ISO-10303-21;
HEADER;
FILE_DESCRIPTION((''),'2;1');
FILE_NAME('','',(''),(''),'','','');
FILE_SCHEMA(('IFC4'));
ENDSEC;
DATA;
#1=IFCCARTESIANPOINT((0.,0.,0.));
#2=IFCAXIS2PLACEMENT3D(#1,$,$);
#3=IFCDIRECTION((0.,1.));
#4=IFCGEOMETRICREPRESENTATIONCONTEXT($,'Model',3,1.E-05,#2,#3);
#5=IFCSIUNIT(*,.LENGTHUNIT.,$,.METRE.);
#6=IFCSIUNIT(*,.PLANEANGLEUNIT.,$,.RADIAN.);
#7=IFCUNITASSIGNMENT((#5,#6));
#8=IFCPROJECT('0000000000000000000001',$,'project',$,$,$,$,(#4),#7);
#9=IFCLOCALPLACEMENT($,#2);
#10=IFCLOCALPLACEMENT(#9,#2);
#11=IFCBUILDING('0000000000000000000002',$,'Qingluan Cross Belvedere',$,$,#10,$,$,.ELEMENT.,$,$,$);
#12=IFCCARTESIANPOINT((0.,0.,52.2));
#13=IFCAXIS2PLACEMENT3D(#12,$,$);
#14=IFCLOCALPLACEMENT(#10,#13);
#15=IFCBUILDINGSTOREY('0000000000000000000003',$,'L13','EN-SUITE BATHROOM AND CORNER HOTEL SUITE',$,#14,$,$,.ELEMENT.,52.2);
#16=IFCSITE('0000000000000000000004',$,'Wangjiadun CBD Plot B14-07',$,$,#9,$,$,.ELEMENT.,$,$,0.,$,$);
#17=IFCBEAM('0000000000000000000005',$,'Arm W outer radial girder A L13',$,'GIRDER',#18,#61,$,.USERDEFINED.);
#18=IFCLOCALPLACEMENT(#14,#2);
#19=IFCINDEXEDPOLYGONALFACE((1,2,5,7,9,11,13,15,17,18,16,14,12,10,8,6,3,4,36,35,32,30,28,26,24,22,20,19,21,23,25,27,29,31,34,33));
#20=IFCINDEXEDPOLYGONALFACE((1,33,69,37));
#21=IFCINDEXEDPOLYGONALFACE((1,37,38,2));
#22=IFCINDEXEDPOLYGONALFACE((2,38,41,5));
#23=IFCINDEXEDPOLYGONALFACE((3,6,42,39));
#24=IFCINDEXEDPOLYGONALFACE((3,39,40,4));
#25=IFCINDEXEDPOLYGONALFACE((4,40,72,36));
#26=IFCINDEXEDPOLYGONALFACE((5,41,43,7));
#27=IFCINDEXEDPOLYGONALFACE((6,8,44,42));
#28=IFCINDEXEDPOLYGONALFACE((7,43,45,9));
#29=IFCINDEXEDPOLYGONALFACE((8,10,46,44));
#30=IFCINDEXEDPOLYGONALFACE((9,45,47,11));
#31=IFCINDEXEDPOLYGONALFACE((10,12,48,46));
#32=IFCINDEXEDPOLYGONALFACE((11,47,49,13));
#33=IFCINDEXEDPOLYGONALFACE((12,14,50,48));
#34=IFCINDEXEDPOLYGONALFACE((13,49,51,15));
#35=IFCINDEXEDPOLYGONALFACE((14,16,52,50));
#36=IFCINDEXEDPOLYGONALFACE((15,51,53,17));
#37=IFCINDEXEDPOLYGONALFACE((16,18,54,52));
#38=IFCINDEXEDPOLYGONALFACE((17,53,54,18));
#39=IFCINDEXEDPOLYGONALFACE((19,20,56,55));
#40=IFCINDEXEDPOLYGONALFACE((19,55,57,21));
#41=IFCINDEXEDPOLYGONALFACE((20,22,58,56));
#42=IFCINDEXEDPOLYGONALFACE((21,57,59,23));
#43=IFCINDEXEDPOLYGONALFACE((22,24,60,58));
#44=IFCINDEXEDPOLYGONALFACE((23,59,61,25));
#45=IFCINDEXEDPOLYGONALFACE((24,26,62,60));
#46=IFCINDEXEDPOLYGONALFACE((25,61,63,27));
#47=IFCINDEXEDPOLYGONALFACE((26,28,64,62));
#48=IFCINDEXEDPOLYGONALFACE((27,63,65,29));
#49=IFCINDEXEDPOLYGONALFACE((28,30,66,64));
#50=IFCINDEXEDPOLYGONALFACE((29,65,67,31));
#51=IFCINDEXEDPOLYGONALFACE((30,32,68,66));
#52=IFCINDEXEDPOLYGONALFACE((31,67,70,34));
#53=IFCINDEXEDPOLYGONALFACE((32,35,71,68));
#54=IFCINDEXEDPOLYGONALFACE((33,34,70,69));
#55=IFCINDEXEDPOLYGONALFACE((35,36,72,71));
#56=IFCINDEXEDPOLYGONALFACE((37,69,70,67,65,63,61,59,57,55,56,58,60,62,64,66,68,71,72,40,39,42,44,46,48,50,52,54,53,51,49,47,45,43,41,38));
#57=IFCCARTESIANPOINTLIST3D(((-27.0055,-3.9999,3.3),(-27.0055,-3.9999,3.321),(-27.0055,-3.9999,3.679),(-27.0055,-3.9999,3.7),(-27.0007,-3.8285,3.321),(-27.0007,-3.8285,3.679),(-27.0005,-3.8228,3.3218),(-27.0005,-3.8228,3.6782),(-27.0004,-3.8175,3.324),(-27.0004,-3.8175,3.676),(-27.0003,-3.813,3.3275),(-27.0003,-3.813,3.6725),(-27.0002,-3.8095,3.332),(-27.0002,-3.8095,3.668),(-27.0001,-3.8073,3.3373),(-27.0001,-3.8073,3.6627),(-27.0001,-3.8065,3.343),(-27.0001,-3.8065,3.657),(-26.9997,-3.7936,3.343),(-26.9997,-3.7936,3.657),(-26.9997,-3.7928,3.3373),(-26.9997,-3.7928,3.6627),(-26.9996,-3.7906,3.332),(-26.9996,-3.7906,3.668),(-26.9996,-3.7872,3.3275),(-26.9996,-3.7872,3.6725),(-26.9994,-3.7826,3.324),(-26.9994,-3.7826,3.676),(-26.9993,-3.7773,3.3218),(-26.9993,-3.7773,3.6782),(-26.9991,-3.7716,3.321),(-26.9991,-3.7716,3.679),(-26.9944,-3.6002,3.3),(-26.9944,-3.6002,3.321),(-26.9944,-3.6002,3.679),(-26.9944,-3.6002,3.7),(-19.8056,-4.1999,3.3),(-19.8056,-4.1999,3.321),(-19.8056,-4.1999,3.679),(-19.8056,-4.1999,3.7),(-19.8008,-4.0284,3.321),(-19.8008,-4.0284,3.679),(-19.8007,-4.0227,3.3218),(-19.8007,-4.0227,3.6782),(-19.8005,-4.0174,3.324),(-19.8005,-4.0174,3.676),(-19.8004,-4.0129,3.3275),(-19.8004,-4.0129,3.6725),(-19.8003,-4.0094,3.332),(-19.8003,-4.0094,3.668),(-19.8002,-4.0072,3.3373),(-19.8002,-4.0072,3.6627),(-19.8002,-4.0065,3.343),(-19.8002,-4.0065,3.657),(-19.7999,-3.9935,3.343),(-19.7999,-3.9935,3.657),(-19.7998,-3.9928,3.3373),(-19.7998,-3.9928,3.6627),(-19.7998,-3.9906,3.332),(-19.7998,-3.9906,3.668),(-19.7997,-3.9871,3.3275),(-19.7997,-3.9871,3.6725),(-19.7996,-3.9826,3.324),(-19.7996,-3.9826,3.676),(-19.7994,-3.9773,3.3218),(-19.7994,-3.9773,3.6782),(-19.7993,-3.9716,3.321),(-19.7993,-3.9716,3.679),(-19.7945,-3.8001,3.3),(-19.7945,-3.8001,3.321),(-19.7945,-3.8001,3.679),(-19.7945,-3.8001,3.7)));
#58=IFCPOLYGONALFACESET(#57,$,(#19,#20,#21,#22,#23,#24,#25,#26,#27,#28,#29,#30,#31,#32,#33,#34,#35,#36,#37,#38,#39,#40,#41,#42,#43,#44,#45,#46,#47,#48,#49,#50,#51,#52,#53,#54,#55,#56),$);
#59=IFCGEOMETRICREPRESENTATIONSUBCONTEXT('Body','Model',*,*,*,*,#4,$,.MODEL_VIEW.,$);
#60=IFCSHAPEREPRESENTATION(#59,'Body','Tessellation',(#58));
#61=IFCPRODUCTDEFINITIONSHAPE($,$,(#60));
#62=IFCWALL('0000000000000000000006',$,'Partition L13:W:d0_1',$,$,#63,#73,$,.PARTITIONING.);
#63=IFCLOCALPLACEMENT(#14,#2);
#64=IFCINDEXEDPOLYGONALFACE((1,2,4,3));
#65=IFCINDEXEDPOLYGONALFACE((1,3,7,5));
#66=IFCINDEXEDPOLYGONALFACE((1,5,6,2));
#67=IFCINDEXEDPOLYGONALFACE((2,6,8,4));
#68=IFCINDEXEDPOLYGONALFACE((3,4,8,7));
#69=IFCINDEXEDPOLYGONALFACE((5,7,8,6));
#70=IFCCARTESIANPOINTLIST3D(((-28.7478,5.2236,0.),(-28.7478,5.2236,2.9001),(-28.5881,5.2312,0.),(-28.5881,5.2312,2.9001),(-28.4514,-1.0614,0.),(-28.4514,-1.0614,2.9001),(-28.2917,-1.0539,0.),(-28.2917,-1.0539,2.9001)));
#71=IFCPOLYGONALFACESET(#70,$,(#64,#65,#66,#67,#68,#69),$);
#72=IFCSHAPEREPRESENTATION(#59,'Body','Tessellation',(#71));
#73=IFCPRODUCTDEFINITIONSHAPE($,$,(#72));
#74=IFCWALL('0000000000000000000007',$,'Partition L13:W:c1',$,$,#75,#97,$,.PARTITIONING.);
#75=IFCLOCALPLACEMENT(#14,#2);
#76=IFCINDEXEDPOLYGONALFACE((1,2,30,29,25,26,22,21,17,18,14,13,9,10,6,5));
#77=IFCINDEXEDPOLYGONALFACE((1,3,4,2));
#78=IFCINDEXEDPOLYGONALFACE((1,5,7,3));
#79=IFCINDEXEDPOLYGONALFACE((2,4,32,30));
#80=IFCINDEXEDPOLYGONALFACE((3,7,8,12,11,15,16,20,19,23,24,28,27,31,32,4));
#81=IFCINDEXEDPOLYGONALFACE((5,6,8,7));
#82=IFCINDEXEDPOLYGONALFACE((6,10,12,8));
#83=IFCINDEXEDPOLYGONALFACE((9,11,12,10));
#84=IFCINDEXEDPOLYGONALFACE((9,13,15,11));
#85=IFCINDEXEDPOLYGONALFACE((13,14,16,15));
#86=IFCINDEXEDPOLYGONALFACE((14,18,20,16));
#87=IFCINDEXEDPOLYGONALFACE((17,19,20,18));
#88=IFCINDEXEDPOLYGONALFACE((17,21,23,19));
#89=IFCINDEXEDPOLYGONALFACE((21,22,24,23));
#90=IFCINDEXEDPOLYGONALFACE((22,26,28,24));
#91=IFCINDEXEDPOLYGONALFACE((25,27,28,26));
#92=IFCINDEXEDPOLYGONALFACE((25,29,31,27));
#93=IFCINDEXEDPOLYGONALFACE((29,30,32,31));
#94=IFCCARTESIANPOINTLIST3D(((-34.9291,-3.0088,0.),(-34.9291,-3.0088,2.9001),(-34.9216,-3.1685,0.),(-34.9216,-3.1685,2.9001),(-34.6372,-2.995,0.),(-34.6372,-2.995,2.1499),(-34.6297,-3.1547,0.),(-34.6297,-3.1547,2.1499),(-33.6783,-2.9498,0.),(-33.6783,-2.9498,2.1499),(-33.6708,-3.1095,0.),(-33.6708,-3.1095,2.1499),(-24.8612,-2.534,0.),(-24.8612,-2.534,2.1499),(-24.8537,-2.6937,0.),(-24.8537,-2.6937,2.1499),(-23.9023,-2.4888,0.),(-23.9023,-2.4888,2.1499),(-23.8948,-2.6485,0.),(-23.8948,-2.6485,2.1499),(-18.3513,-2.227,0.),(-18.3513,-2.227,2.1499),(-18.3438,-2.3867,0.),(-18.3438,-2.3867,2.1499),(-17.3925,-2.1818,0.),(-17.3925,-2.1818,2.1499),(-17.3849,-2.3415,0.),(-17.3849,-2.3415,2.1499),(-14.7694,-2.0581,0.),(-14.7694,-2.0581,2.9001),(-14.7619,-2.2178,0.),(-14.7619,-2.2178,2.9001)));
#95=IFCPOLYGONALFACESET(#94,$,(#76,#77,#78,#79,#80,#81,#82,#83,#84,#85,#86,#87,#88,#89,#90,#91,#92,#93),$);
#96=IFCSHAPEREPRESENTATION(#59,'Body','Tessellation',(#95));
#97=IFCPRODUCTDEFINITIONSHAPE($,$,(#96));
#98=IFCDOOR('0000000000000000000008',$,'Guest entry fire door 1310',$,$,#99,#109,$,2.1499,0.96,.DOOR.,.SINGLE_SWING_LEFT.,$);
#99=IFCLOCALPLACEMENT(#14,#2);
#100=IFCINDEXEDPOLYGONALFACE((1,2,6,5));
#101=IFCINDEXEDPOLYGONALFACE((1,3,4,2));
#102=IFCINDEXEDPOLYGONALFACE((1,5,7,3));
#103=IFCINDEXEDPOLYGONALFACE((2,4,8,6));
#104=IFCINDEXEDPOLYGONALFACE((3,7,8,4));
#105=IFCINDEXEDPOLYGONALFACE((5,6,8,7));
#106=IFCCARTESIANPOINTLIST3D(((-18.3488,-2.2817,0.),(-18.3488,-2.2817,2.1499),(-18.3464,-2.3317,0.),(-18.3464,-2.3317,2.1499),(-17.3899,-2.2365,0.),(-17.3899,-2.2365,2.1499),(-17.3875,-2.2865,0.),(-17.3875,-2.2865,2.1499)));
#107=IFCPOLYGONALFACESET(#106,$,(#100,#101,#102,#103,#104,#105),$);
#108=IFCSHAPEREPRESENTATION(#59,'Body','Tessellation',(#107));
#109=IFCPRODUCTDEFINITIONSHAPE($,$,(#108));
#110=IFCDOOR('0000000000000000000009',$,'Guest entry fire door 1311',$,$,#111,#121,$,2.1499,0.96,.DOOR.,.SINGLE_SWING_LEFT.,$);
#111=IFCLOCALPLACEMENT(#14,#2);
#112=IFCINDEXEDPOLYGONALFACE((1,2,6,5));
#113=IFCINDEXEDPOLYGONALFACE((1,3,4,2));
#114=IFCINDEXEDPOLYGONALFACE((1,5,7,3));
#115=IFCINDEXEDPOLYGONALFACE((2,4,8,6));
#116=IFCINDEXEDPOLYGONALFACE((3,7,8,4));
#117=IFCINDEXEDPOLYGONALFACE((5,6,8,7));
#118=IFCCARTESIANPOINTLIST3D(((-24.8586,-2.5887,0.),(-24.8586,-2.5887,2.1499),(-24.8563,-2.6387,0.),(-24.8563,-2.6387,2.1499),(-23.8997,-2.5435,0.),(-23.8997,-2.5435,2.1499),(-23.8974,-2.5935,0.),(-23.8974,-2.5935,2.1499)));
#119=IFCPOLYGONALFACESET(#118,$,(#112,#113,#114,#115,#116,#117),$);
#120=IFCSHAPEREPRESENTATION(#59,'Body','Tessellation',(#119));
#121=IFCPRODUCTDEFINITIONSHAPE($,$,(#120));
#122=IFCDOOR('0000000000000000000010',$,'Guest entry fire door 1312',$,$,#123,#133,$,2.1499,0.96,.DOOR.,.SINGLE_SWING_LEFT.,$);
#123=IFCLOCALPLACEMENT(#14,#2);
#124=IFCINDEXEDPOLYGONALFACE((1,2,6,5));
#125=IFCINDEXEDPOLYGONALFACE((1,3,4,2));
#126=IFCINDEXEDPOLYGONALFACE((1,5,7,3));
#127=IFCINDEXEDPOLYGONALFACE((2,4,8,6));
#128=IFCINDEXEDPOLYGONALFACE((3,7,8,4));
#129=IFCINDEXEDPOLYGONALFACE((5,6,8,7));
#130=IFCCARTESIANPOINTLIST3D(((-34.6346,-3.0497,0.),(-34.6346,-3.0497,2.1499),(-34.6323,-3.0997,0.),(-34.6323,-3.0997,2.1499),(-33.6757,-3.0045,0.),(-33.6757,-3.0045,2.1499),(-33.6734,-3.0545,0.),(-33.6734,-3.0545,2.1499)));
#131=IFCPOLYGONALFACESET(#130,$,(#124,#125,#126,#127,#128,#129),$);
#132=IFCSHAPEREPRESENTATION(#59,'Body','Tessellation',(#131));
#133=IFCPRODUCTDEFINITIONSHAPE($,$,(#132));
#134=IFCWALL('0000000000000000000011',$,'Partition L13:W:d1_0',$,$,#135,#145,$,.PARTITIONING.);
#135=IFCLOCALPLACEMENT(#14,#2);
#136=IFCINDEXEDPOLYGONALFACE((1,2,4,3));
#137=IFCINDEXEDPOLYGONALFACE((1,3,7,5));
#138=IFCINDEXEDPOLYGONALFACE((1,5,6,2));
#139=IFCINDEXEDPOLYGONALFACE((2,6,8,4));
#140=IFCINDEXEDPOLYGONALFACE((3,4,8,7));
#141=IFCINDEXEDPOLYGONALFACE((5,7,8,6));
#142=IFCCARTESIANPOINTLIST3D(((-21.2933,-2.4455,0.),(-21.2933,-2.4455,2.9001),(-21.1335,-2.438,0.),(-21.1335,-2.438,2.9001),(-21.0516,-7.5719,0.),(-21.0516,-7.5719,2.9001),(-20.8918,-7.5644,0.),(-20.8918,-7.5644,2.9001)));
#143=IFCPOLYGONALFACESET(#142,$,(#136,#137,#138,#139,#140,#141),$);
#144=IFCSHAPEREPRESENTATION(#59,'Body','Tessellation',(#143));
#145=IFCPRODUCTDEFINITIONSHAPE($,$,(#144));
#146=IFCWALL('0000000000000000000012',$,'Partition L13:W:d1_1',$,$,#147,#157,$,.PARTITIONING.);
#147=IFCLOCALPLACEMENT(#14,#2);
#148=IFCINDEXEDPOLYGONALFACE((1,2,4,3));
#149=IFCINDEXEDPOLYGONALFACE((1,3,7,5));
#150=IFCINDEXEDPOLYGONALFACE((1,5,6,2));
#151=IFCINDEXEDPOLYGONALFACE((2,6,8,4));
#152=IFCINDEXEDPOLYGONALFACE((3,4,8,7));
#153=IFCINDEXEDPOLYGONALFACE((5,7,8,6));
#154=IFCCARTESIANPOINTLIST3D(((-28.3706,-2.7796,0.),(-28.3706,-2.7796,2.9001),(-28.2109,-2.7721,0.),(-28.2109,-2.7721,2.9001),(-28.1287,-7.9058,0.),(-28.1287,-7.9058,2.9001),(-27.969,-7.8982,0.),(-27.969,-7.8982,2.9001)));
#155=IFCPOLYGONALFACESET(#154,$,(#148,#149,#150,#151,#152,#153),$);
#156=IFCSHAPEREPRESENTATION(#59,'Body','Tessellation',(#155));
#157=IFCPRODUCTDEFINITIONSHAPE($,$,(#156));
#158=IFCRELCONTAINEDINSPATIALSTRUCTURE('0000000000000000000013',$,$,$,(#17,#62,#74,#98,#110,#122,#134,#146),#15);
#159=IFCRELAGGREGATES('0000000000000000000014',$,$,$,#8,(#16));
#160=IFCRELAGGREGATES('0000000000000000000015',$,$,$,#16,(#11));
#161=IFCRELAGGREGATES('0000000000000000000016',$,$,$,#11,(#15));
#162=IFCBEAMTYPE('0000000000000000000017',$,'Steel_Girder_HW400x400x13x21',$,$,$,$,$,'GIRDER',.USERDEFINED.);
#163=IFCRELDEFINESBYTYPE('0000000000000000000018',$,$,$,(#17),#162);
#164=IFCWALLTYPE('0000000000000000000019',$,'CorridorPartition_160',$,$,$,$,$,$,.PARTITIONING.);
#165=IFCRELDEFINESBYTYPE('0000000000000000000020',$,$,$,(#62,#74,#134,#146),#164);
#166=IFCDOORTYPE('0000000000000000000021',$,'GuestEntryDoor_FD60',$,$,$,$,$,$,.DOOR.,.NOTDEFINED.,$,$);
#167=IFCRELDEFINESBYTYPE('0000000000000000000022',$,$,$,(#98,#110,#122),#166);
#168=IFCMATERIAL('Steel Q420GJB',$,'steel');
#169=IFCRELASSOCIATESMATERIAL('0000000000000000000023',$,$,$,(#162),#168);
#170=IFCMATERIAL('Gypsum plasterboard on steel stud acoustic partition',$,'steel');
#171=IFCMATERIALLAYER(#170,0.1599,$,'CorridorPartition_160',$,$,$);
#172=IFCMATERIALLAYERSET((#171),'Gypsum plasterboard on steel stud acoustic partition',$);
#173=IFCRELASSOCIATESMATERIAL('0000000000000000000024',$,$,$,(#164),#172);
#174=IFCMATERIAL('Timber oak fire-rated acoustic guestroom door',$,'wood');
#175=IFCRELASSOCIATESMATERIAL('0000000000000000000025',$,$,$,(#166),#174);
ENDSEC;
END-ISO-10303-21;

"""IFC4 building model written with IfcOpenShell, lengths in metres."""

from ifc_helpers import new_model, si_unit, direction, frame, frame_2d, origin, origin_2d, place, context, subcontext, project, spatial, rectangle, i_section, extrude, material, layer, layer_set, material_profile, profile_set, type_object, element, fill, save


model = new_model("IFC4")

# Units and contexts
model_context = context("Model", 3, precision=1e-05, world=origin(), true_north=direction((0.0, 1.0)))
body_context = subcontext(model_context, "Body", "Model", "MODEL_VIEW")
ifc_project = project(units=[si_unit("LENGTHUNIT", "METRE"), si_unit("PLANEANGLEUNIT", "RADIAN")], contexts=[model_context])

# Site, building, storey
site_placement = place(None, origin())
site = spatial("IfcSite", under=ifc_project, at=site_placement, Name="Wangjiadun CBD Plot B14-07", CompositionType="ELEMENT", RefElevation=0.0)
building_placement = place(site_placement, origin())
building = spatial("IfcBuilding", under=site, at=building_placement, Name="Qingluan Cross Belvedere", CompositionType="ELEMENT")
storey_placement = place(building_placement, frame((0.0, 0.0, 52.2)))
storey = spatial("IfcBuildingStorey", under=building, at=storey_placement, Name="L13", Description="EN-SUITE BATHROOM AND CORNER HOTEL SUITE", CompositionType="ELEMENT", Elevation=52.2)

# Beam
ifc_material_1 = material(Name="Steel Q420GJB", Category="steel")
ifc_material_profile_1 = material_profile(ifc_material_1, i_section(OverallWidth=0.3999, OverallDepth=0.3999, WebThickness=0.0129, FlangeThickness=0.021, FilletRadius=0.022, at=origin_2d()), Name="HW400x400x13x21")
ifc_profile_set_1 = profile_set([ifc_material_profile_1], Name="Steel Q420GJB")
beam_type_1 = type_object("IfcBeamType", Name="Steel_Girder_HW400x400x13x21", ElementType="GIRDER", PredefinedType="USERDEFINED", material=ifc_profile_set_1)
beam_1_placement = place(storey_placement, frame((-19.8, -4.0, 3.5), z_axis=(-0.999615, 0.02776, 0.0), x_axis=(-0.02776, -0.999615, 0.0)))
element("IfcBeam", 1, at=beam_1_placement, inside=storey, type_object=beam_type_1, Name="Arm W outer radial girder A L13", ObjectType="GIRDER", PredefinedType="USERDEFINED", context=body_context, shape_type="SweptSolid", body=[
    extrude(i_section(OverallWidth=0.3999, OverallDepth=0.3999, WebThickness=0.0129, FlangeThickness=0.021, FilletRadius=0.022, at=origin_2d()), origin(), (0.0, 0.0, 1.0), 7.2026),
])

# Wall
ifc_material_2 = material(Name="Gypsum plasterboard on steel stud acoustic partition", Category="steel")
ifc_layer_1 = layer(ifc_material_2, 0.1599, Name="CorridorPartition_160")
ifc_layer_set_1 = layer_set([ifc_layer_1], Name="Gypsum plasterboard on steel stud acoustic partition")
wall_type_1 = type_object("IfcWallType", Name="CorridorPartition_160", PredefinedType="PARTITIONING", material=ifc_layer_set_1)
wall_1_placement = place(storey_placement, frame((-28.3716, -1.0576, 0.0), z_axis=(0.0, 0.0, 1.0), x_axis=(-0.047106, 0.99889, 0.0)))
element("IfcWall", 2, at=wall_1_placement, inside=storey, type_object=wall_type_1, Name="Partition L13:W:d0_1", PredefinedType="PARTITIONING", context=body_context, shape_type="SweptSolid", body=[
    extrude(rectangle(XDim=6.292, YDim=0.1599, at=frame_2d((3.146, 0.0))), origin(), (0.0, 0.0, 1.0), 2.9001),
])

# Wall, openings, doors
wall_2_placement = place(storey_placement, frame((-14.7656, -2.1379, 0.0), z_axis=(0.0, 0.0, 1.0), x_axis=(-0.99889, -0.047105, 0.0)))
wall_2 = element("IfcWall", 3, at=wall_2_placement, inside=storey, type_object=wall_type_1, Name="Partition L13:W:c1", PredefinedType="PARTITIONING", context=body_context, shape_type="SweptSolid", body=[
    extrude(rectangle(XDim=20.1821, YDim=0.1599, at=frame_2d((10.0911, 0.0))), origin(), (0.0, 0.0, 1.0), 2.9001),
])
opening_1_placement = place(wall_2_placement, frame((2.626, 0.0, 0.0)))
opening_1 = element("IfcOpeningElement", 4, at=opening_1_placement, cuts=wall_2, PredefinedType="OPENING", context=body_context, shape_type="SweptSolid", body=[
    extrude(rectangle(XDim=0.96, YDim=2.1499, at=frame_2d((0.48, 1.075))), frame((0.0, 0.0898, 0.0), z_axis=(0.0, -1.0, 0.0), x_axis=(1.0, 0.0, 0.0)), (0.0, 0.0, 1.0), 0.1799),
])
opening_2_placement = place(wall_2_placement, frame((9.1431, 0.0, 0.0)))
opening_2 = element("IfcOpeningElement", 5, at=opening_2_placement, cuts=wall_2, PredefinedType="OPENING", context=body_context, shape_type="SweptSolid", body=[
    extrude(rectangle(XDim=0.96, YDim=2.1499, at=frame_2d((0.48, 1.075))), frame((0.0, 0.0898, 0.0), z_axis=(0.0, -1.0, 0.0), x_axis=(1.0, 0.0, 0.0)), (0.0, 0.0, 1.0), 0.1799),
])
opening_3_placement = place(wall_2_placement, frame((18.9299, 0.0, 0.0)))
opening_3 = element("IfcOpeningElement", 6, at=opening_3_placement, cuts=wall_2, PredefinedType="OPENING", context=body_context, shape_type="SweptSolid", body=[
    extrude(rectangle(XDim=0.96, YDim=2.1499, at=frame_2d((0.48, 1.075))), frame((0.0, 0.0898, 0.0), z_axis=(0.0, -1.0, 0.0), x_axis=(1.0, 0.0, 0.0)), (0.0, 0.0, 1.0), 0.1799),
])
ifc_material_3 = material(Name="Timber oak fire-rated acoustic guestroom door", Category="wood")
door_type_1 = type_object("IfcDoorType", Name="GuestEntryDoor_FD60", OperationType="NOTDEFINED", PredefinedType="DOOR", material=ifc_material_3)
door_1_placement = place(opening_1_placement, origin())
door_1 = element("IfcDoor", 7, at=door_1_placement, inside=storey, type_object=door_type_1, Name="Guest entry fire door 1310", OperationType="SINGLE_SWING_LEFT", OverallHeight=2.1499, OverallWidth=0.96, PredefinedType="DOOR", context=body_context, shape_type="SweptSolid", body=[
    extrude(rectangle(XDim=0.96, YDim=2.1499, at=frame_2d((0.48, 1.075))), frame((0.0, 0.0249, 0.0), z_axis=(0.0, -1.0, 0.0), x_axis=(1.0, 0.0, 0.0)), (0.0, 0.0, 1.0), 0.05),
])
fill(opening_1, door_1)
door_2_placement = place(opening_2_placement, origin())
door_2 = element("IfcDoor", 8, at=door_2_placement, inside=storey, type_object=door_type_1, Name="Guest entry fire door 1311", OperationType="SINGLE_SWING_LEFT", OverallHeight=2.1499, OverallWidth=0.96, PredefinedType="DOOR", context=body_context, shape_type="SweptSolid", body=[
    extrude(rectangle(XDim=0.96, YDim=2.1499, at=frame_2d((0.48, 1.075))), frame((0.0, 0.0249, 0.0), z_axis=(0.0, -1.0, 0.0), x_axis=(1.0, 0.0, 0.0)), (0.0, 0.0, 1.0), 0.05),
])
fill(opening_2, door_2)
door_3_placement = place(opening_3_placement, origin())
door_3 = element("IfcDoor", 9, at=door_3_placement, inside=storey, type_object=door_type_1, Name="Guest entry fire door 1312", OperationType="SINGLE_SWING_LEFT", OverallHeight=2.1499, OverallWidth=0.96, PredefinedType="DOOR", context=body_context, shape_type="SweptSolid", body=[
    extrude(rectangle(XDim=0.96, YDim=2.1499, at=frame_2d((0.48, 1.075))), frame((0.0, 0.0249, 0.0), z_axis=(0.0, -1.0, 0.0), x_axis=(1.0, 0.0, 0.0)), (0.0, 0.0, 1.0), 0.05),
])
fill(opening_3, door_3)

# Walls
wall_3_placement = place(storey_placement, frame((-21.2134, -2.4419, 0.0), z_axis=(0.0, 0.0, 1.0), x_axis=(0.047095, -0.99889, 0.0)))
element("IfcWall", 10, at=wall_3_placement, inside=storey, type_object=wall_type_1, Name="Partition L13:W:d1_0", PredefinedType="PARTITIONING", context=body_context, shape_type="SweptSolid", body=[
    extrude(rectangle(XDim=5.1321, YDim=0.1599, at=frame_2d((2.5659, 0.0))), origin(), (0.0, 0.0, 1.0), 2.9001),
])
wall_4_placement = place(storey_placement, frame((-28.2908, -2.7759, 0.0), z_axis=(0.0, 0.0, 1.0), x_axis=(0.047145, -0.998888, 0.0)))
element("IfcWall", 11, at=wall_4_placement, inside=storey, type_object=wall_type_1, Name="Partition L13:W:d1_1", PredefinedType="PARTITIONING", context=body_context, shape_type="SweptSolid", body=[
    extrude(rectangle(XDim=5.1318, YDim=0.1599, at=frame_2d((2.5659, 0.0))), origin(), (0.0, 0.0, 1.0), 2.9001),
])

save(model, "model.ifc")
